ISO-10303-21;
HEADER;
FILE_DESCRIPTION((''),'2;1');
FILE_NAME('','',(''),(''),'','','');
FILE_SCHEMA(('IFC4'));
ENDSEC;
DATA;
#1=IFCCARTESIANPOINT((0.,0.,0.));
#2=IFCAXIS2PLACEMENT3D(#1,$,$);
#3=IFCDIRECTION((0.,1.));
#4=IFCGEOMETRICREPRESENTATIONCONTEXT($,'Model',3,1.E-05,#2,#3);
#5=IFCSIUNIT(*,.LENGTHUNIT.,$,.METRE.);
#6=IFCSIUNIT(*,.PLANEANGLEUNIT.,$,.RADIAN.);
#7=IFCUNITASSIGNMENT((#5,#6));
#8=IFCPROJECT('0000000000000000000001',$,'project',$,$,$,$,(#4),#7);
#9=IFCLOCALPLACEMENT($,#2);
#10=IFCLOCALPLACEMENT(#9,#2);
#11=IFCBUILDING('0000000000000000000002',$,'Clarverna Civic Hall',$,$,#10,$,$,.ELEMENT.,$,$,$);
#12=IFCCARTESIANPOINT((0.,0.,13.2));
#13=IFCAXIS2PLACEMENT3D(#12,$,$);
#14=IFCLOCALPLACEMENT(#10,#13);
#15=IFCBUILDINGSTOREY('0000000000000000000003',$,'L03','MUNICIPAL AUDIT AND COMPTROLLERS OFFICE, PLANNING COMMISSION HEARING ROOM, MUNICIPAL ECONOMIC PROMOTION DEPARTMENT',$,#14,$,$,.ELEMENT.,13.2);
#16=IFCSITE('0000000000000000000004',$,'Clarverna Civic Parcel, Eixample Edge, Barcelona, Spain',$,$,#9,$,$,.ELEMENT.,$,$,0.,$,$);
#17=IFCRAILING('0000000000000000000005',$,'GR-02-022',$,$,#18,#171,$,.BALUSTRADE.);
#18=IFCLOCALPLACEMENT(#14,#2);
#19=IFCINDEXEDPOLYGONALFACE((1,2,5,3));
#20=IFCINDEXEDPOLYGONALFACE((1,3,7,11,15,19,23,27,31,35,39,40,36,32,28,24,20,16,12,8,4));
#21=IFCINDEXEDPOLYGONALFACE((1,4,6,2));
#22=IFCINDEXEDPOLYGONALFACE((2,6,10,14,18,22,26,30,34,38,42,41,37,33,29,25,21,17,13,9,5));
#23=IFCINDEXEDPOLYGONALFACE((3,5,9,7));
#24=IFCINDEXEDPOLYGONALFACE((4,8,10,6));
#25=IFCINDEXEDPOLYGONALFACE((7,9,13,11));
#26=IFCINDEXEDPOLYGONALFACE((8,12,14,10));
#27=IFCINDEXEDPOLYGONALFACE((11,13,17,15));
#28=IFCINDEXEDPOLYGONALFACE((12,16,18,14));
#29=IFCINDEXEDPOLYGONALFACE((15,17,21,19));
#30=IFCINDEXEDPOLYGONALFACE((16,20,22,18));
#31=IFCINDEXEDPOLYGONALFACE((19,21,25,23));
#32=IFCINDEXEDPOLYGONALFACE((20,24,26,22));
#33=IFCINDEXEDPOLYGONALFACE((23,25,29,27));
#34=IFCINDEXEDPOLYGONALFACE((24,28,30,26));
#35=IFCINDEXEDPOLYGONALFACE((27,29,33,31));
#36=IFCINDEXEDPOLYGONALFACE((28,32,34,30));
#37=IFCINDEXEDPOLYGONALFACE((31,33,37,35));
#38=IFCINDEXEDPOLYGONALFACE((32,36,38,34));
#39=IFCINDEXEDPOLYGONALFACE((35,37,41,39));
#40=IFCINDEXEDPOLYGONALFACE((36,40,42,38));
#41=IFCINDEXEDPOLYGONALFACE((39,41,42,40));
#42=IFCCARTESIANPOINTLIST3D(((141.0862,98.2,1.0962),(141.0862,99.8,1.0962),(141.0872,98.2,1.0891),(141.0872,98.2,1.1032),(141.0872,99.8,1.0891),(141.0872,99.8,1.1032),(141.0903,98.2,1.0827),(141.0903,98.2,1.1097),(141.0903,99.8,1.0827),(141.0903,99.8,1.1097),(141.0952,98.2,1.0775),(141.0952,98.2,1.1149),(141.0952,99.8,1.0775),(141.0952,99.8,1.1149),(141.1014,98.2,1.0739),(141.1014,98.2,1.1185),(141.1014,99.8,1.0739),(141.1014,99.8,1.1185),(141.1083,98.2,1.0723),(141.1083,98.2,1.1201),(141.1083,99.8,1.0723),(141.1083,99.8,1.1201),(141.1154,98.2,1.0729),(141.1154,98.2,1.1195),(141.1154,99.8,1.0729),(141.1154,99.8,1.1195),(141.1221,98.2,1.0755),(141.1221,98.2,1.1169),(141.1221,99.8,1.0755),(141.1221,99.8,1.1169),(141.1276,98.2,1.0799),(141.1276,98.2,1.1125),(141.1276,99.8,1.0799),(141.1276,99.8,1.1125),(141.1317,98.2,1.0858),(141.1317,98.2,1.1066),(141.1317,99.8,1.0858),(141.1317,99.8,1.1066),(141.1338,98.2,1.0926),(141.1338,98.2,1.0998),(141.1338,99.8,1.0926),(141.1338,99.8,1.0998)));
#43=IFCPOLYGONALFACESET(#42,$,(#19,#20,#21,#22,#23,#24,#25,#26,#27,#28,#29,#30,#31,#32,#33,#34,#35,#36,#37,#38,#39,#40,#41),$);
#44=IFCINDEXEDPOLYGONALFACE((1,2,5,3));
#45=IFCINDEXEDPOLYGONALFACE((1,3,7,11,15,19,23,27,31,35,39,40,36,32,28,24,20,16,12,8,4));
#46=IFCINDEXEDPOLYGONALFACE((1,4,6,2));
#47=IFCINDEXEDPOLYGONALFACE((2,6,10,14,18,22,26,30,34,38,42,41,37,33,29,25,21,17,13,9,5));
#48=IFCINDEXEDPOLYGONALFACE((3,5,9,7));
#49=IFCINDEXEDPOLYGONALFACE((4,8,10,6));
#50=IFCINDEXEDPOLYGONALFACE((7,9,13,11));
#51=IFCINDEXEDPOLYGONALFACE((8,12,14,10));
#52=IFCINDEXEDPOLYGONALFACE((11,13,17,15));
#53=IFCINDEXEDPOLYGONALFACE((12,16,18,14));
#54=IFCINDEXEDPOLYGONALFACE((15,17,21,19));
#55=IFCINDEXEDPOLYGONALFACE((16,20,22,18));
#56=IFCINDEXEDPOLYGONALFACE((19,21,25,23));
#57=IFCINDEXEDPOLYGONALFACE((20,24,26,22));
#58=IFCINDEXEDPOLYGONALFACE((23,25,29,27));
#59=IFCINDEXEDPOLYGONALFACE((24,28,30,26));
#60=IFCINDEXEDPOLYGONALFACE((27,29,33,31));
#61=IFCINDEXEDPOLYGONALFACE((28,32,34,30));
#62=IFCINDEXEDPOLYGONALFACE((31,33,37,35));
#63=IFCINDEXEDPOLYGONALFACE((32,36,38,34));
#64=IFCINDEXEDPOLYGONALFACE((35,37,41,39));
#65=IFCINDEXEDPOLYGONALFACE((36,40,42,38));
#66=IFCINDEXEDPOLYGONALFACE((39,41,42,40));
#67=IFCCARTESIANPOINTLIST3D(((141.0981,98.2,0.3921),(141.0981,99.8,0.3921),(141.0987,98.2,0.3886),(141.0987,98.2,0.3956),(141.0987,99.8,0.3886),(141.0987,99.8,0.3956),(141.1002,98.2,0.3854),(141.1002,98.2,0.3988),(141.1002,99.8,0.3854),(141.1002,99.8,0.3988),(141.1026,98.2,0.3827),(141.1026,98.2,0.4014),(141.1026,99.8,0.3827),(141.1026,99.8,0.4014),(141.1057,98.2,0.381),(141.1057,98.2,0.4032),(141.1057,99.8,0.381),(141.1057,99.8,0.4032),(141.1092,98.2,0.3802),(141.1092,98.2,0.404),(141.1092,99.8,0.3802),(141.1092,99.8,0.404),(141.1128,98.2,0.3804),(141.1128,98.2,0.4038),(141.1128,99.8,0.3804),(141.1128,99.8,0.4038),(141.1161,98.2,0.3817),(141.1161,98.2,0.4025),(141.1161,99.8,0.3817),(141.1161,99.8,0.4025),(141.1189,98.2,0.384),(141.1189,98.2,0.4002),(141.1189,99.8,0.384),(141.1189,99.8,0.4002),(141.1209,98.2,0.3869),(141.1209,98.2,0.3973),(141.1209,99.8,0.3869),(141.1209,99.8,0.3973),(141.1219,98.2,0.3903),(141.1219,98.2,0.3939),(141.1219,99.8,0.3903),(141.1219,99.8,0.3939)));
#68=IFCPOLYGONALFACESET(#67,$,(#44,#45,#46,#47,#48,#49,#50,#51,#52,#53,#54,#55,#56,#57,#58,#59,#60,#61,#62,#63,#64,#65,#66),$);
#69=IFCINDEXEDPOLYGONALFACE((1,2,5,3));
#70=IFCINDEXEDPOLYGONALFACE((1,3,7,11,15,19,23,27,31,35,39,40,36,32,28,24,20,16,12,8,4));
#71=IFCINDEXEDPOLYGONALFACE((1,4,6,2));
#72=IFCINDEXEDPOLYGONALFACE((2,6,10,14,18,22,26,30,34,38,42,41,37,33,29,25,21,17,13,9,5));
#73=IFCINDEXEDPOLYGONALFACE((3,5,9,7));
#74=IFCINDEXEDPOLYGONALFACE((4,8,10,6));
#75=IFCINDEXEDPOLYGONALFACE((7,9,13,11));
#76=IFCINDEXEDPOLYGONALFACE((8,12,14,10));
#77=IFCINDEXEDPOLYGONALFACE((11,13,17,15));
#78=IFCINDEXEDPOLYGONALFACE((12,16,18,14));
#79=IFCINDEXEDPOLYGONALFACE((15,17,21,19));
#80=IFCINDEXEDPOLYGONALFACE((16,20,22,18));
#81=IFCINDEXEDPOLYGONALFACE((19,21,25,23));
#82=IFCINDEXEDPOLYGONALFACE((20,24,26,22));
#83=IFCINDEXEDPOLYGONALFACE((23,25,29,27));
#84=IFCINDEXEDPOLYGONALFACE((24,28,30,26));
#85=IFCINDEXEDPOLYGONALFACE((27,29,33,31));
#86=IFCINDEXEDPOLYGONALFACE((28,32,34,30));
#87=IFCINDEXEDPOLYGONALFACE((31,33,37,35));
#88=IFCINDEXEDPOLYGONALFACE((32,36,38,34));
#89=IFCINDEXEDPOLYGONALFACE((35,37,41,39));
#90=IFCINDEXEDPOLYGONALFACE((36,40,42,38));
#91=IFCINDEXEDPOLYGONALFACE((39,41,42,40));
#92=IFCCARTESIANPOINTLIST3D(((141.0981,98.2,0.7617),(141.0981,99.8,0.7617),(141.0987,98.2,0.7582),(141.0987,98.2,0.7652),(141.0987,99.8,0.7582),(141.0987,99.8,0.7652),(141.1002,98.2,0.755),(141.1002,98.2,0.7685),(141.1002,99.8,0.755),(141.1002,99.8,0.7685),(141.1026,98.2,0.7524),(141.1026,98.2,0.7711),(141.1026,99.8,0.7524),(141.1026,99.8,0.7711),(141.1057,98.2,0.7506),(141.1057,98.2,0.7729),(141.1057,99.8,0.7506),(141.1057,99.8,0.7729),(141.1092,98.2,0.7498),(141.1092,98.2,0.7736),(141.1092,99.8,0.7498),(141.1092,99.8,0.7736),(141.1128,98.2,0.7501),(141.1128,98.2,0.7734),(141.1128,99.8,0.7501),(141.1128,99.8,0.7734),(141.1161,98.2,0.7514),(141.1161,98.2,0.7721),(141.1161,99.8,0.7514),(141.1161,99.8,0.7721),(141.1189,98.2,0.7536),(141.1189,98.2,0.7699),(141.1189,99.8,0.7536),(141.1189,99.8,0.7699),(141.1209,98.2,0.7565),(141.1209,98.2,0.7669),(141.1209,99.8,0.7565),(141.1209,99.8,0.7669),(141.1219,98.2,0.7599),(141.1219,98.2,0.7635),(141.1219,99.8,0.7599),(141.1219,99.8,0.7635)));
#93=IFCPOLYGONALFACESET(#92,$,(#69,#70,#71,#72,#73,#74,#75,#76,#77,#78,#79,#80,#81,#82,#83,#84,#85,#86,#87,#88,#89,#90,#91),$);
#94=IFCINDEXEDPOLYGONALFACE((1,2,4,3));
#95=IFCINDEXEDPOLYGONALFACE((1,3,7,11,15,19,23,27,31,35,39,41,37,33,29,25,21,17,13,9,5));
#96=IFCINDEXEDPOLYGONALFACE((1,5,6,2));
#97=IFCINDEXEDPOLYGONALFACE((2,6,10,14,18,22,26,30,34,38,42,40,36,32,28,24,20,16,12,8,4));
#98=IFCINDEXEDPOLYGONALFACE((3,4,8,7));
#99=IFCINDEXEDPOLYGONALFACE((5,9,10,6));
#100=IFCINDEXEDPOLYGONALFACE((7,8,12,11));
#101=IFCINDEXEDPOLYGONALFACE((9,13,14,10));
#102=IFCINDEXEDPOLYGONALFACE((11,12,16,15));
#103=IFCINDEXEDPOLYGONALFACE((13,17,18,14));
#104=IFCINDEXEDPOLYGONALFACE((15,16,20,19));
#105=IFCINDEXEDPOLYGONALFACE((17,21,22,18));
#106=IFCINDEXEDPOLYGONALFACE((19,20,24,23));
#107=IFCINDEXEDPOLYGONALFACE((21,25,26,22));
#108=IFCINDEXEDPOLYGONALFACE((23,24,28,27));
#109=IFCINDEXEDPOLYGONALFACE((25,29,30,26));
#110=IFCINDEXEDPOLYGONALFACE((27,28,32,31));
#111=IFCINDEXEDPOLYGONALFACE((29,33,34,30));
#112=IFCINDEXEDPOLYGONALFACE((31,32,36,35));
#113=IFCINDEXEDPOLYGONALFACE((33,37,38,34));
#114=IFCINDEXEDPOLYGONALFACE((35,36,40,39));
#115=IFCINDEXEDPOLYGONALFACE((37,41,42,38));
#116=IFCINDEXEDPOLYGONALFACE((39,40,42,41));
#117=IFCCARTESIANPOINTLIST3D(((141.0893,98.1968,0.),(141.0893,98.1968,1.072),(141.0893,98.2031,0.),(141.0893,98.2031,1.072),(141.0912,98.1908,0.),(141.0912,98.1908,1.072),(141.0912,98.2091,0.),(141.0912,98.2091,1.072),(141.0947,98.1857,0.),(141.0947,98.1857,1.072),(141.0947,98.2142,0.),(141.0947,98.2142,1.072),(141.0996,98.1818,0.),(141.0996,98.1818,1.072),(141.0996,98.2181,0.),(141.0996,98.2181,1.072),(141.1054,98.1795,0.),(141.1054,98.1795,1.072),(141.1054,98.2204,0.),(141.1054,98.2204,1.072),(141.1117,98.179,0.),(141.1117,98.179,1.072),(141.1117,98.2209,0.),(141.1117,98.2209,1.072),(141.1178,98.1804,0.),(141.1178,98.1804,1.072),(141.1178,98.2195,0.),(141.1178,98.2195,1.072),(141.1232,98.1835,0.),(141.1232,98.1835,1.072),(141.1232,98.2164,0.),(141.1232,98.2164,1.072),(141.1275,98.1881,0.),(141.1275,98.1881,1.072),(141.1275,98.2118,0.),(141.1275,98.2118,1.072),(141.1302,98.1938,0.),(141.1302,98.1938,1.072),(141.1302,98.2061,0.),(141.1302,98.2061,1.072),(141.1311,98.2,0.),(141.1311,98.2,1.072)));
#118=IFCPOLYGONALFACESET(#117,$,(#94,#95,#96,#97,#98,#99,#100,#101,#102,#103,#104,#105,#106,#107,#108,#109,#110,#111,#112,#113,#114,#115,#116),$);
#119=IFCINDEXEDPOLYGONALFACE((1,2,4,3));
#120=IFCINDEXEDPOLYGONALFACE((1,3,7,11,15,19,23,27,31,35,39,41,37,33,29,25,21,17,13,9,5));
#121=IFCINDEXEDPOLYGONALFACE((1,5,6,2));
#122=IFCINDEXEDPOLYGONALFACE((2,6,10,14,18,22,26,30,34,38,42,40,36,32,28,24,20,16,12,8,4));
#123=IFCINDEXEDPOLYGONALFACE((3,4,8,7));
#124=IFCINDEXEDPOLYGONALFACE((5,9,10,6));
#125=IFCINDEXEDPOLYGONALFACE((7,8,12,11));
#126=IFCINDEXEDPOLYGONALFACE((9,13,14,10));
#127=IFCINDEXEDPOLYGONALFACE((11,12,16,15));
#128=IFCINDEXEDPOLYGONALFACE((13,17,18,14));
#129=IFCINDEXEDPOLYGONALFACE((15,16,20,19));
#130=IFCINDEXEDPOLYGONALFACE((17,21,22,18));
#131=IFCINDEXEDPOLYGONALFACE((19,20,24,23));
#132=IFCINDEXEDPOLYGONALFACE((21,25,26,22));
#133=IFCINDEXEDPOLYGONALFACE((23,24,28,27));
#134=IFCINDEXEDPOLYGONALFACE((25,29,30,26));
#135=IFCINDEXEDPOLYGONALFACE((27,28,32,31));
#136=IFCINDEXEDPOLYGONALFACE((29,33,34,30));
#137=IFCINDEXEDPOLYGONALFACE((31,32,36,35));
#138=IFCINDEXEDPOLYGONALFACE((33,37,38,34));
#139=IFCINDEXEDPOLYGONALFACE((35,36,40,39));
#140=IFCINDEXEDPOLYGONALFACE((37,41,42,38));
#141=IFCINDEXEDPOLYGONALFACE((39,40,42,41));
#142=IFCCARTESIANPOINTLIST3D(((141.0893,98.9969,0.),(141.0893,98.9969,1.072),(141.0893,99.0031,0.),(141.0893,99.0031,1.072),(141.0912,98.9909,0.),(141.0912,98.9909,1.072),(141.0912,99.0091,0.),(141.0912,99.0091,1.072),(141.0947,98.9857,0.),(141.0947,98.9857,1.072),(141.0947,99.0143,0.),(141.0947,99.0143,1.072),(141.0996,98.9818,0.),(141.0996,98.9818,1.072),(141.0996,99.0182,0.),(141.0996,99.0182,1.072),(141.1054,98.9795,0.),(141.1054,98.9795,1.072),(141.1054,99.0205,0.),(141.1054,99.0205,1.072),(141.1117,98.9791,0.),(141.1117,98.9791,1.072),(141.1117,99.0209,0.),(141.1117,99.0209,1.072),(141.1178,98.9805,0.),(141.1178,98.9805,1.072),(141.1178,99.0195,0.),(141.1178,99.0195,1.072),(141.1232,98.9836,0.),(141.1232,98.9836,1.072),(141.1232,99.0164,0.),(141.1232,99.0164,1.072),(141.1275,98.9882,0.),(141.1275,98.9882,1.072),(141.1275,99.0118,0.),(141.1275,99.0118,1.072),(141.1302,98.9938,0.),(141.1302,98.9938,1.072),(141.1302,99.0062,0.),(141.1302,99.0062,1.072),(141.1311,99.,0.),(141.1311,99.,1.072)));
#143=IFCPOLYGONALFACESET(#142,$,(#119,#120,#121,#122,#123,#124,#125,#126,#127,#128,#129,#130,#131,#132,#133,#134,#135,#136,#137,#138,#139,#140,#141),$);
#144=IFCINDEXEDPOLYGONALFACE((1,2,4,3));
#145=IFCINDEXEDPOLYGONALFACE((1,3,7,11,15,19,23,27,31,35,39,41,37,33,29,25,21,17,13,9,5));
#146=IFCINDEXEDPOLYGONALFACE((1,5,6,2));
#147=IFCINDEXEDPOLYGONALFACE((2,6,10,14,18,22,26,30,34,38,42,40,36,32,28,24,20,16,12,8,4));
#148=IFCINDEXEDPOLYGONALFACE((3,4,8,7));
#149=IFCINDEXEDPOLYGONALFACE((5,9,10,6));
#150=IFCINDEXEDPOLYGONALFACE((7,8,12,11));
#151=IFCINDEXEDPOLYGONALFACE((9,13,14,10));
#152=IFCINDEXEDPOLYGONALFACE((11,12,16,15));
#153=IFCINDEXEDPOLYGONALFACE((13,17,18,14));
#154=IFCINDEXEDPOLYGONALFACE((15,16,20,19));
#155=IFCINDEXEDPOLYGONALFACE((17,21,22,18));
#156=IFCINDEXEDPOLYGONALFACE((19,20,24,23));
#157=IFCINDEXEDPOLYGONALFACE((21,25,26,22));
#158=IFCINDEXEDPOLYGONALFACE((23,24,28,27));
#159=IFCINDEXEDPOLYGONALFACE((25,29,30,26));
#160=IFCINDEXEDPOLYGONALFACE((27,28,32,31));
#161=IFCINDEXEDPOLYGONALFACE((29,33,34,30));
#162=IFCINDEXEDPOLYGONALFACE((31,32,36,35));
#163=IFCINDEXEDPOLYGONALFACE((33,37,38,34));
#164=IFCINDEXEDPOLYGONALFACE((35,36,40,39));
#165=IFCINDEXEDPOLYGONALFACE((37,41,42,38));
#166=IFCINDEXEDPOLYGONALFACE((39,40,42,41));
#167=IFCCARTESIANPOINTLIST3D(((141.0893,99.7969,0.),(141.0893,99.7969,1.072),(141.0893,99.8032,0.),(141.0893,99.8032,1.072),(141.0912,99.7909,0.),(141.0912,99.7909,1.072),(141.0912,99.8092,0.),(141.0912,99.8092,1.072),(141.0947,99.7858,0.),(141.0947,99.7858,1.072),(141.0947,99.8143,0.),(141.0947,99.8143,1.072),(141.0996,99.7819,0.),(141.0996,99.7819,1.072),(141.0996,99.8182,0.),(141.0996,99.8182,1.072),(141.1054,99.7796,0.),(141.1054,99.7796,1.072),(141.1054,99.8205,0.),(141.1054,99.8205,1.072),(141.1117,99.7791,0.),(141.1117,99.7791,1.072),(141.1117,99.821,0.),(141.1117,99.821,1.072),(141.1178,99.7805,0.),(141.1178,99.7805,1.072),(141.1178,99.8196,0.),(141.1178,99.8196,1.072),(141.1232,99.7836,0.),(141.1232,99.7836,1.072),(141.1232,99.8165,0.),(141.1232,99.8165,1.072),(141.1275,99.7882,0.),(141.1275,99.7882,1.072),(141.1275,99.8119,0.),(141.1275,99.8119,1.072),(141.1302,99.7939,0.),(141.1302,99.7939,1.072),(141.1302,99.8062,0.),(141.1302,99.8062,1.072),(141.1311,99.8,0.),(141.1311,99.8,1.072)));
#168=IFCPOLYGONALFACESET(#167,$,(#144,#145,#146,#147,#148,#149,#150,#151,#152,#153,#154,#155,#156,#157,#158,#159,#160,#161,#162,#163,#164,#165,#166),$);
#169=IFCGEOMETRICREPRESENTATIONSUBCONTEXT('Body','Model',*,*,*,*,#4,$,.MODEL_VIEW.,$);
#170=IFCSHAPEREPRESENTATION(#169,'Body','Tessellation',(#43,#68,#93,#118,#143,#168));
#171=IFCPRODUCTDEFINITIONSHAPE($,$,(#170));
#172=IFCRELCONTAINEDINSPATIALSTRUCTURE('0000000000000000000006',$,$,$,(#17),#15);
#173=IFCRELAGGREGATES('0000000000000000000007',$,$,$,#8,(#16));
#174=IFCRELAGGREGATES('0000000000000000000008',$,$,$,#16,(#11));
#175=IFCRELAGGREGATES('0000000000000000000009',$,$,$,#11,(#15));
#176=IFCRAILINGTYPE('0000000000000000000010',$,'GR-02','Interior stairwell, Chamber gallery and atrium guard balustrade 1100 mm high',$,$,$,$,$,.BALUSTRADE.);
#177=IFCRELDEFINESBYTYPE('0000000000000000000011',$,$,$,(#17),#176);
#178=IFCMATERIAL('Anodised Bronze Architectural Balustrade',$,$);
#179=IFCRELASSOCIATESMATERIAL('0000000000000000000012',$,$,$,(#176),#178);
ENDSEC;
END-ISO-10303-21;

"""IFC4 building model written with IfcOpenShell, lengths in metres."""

from ifc_helpers import new_model, si_unit, direction, frame, origin, origin_2d, place, context, subcontext, project, spatial, circle, extrude, material, type_object, element, save


model = new_model("IFC4")

# Units and contexts
model_context = context("Model", 3, precision=1e-05, world=origin(), true_north=direction((0.0, 1.0)))
body_context = subcontext(model_context, "Body", "Model", "MODEL_VIEW")
ifc_project = project(units=[si_unit("LENGTHUNIT", "METRE"), si_unit("PLANEANGLEUNIT", "RADIAN")], contexts=[model_context])

# Site, building, storey
site_placement = place(None, origin())
site = spatial("IfcSite", under=ifc_project, at=site_placement, Name="Clarverna Civic Parcel, Eixample Edge, Barcelona, Spain", CompositionType="ELEMENT", RefElevation=0.0)
building_placement = place(site_placement, origin())
building = spatial("IfcBuilding", under=site, at=building_placement, Name="Clarverna Civic Hall", CompositionType="ELEMENT")
storey_placement = place(building_placement, frame((0.0, 0.0, 13.2)))
storey = spatial("IfcBuildingStorey", under=building, at=storey_placement, Name="L03", Description="MUNICIPAL AUDIT AND COMPTROLLERS OFFICE, PLANNING COMMISSION HEARING ROOM, MUNICIPAL ECONOMIC PROMOTION DEPARTMENT", CompositionType="ELEMENT", Elevation=13.2)

# Railing
ifc_material_1 = material(Name="Anodised Bronze Architectural Balustrade")
railing_type_1 = type_object("IfcRailingType", Name="GR-02", Description="Interior stairwell, Chamber gallery and atrium guard balustrade 1100 mm high", PredefinedType="BALUSTRADE", material=ifc_material_1)
railing_1_placement = place(storey_placement, frame((141.1101, 98.2, 0.0)))
element("IfcRailing", 1, at=railing_1_placement, inside=storey, type_object=railing_type_1, Name="GR-02-022", PredefinedType="BALUSTRADE", context=body_context, shape_type="SweptSolid", body=[
    extrude(circle(Radius=0.0239, at=origin_2d()), frame((0.0, 0.0, 1.0962), z_axis=(0.0, 1.0, 0.0), x_axis=(-1.0, 0.0, 0.0)), (0.0, 0.0, 1.0), 1.6001),
    extrude(circle(Radius=0.012, at=origin_2d()), frame((0.0, 0.0, 0.3921), z_axis=(0.0, 1.0, 0.0), x_axis=(-1.0, 0.0, 0.0)), (0.0, 0.0, 1.0), 1.6001),
    extrude(circle(Radius=0.012, at=origin_2d()), frame((0.0, 0.0, 0.7617), z_axis=(0.0, 1.0, 0.0), x_axis=(-1.0, 0.0, 0.0)), (0.0, 0.0, 1.0), 1.6001),
    extrude(circle(Radius=0.021, at=origin_2d()), origin(), (0.0, 0.0, 1.0), 1.072),
    extrude(circle(Radius=0.021, at=origin_2d()), frame((0.0, 0.8, 0.0)), (0.0, 0.0, 1.0), 1.072),
    extrude(circle(Radius=0.021, at=origin_2d()), frame((0.0, 1.6001, 0.0)), (0.0, 0.0, 1.0), 1.072),
])

save(model, "model.ifc")
